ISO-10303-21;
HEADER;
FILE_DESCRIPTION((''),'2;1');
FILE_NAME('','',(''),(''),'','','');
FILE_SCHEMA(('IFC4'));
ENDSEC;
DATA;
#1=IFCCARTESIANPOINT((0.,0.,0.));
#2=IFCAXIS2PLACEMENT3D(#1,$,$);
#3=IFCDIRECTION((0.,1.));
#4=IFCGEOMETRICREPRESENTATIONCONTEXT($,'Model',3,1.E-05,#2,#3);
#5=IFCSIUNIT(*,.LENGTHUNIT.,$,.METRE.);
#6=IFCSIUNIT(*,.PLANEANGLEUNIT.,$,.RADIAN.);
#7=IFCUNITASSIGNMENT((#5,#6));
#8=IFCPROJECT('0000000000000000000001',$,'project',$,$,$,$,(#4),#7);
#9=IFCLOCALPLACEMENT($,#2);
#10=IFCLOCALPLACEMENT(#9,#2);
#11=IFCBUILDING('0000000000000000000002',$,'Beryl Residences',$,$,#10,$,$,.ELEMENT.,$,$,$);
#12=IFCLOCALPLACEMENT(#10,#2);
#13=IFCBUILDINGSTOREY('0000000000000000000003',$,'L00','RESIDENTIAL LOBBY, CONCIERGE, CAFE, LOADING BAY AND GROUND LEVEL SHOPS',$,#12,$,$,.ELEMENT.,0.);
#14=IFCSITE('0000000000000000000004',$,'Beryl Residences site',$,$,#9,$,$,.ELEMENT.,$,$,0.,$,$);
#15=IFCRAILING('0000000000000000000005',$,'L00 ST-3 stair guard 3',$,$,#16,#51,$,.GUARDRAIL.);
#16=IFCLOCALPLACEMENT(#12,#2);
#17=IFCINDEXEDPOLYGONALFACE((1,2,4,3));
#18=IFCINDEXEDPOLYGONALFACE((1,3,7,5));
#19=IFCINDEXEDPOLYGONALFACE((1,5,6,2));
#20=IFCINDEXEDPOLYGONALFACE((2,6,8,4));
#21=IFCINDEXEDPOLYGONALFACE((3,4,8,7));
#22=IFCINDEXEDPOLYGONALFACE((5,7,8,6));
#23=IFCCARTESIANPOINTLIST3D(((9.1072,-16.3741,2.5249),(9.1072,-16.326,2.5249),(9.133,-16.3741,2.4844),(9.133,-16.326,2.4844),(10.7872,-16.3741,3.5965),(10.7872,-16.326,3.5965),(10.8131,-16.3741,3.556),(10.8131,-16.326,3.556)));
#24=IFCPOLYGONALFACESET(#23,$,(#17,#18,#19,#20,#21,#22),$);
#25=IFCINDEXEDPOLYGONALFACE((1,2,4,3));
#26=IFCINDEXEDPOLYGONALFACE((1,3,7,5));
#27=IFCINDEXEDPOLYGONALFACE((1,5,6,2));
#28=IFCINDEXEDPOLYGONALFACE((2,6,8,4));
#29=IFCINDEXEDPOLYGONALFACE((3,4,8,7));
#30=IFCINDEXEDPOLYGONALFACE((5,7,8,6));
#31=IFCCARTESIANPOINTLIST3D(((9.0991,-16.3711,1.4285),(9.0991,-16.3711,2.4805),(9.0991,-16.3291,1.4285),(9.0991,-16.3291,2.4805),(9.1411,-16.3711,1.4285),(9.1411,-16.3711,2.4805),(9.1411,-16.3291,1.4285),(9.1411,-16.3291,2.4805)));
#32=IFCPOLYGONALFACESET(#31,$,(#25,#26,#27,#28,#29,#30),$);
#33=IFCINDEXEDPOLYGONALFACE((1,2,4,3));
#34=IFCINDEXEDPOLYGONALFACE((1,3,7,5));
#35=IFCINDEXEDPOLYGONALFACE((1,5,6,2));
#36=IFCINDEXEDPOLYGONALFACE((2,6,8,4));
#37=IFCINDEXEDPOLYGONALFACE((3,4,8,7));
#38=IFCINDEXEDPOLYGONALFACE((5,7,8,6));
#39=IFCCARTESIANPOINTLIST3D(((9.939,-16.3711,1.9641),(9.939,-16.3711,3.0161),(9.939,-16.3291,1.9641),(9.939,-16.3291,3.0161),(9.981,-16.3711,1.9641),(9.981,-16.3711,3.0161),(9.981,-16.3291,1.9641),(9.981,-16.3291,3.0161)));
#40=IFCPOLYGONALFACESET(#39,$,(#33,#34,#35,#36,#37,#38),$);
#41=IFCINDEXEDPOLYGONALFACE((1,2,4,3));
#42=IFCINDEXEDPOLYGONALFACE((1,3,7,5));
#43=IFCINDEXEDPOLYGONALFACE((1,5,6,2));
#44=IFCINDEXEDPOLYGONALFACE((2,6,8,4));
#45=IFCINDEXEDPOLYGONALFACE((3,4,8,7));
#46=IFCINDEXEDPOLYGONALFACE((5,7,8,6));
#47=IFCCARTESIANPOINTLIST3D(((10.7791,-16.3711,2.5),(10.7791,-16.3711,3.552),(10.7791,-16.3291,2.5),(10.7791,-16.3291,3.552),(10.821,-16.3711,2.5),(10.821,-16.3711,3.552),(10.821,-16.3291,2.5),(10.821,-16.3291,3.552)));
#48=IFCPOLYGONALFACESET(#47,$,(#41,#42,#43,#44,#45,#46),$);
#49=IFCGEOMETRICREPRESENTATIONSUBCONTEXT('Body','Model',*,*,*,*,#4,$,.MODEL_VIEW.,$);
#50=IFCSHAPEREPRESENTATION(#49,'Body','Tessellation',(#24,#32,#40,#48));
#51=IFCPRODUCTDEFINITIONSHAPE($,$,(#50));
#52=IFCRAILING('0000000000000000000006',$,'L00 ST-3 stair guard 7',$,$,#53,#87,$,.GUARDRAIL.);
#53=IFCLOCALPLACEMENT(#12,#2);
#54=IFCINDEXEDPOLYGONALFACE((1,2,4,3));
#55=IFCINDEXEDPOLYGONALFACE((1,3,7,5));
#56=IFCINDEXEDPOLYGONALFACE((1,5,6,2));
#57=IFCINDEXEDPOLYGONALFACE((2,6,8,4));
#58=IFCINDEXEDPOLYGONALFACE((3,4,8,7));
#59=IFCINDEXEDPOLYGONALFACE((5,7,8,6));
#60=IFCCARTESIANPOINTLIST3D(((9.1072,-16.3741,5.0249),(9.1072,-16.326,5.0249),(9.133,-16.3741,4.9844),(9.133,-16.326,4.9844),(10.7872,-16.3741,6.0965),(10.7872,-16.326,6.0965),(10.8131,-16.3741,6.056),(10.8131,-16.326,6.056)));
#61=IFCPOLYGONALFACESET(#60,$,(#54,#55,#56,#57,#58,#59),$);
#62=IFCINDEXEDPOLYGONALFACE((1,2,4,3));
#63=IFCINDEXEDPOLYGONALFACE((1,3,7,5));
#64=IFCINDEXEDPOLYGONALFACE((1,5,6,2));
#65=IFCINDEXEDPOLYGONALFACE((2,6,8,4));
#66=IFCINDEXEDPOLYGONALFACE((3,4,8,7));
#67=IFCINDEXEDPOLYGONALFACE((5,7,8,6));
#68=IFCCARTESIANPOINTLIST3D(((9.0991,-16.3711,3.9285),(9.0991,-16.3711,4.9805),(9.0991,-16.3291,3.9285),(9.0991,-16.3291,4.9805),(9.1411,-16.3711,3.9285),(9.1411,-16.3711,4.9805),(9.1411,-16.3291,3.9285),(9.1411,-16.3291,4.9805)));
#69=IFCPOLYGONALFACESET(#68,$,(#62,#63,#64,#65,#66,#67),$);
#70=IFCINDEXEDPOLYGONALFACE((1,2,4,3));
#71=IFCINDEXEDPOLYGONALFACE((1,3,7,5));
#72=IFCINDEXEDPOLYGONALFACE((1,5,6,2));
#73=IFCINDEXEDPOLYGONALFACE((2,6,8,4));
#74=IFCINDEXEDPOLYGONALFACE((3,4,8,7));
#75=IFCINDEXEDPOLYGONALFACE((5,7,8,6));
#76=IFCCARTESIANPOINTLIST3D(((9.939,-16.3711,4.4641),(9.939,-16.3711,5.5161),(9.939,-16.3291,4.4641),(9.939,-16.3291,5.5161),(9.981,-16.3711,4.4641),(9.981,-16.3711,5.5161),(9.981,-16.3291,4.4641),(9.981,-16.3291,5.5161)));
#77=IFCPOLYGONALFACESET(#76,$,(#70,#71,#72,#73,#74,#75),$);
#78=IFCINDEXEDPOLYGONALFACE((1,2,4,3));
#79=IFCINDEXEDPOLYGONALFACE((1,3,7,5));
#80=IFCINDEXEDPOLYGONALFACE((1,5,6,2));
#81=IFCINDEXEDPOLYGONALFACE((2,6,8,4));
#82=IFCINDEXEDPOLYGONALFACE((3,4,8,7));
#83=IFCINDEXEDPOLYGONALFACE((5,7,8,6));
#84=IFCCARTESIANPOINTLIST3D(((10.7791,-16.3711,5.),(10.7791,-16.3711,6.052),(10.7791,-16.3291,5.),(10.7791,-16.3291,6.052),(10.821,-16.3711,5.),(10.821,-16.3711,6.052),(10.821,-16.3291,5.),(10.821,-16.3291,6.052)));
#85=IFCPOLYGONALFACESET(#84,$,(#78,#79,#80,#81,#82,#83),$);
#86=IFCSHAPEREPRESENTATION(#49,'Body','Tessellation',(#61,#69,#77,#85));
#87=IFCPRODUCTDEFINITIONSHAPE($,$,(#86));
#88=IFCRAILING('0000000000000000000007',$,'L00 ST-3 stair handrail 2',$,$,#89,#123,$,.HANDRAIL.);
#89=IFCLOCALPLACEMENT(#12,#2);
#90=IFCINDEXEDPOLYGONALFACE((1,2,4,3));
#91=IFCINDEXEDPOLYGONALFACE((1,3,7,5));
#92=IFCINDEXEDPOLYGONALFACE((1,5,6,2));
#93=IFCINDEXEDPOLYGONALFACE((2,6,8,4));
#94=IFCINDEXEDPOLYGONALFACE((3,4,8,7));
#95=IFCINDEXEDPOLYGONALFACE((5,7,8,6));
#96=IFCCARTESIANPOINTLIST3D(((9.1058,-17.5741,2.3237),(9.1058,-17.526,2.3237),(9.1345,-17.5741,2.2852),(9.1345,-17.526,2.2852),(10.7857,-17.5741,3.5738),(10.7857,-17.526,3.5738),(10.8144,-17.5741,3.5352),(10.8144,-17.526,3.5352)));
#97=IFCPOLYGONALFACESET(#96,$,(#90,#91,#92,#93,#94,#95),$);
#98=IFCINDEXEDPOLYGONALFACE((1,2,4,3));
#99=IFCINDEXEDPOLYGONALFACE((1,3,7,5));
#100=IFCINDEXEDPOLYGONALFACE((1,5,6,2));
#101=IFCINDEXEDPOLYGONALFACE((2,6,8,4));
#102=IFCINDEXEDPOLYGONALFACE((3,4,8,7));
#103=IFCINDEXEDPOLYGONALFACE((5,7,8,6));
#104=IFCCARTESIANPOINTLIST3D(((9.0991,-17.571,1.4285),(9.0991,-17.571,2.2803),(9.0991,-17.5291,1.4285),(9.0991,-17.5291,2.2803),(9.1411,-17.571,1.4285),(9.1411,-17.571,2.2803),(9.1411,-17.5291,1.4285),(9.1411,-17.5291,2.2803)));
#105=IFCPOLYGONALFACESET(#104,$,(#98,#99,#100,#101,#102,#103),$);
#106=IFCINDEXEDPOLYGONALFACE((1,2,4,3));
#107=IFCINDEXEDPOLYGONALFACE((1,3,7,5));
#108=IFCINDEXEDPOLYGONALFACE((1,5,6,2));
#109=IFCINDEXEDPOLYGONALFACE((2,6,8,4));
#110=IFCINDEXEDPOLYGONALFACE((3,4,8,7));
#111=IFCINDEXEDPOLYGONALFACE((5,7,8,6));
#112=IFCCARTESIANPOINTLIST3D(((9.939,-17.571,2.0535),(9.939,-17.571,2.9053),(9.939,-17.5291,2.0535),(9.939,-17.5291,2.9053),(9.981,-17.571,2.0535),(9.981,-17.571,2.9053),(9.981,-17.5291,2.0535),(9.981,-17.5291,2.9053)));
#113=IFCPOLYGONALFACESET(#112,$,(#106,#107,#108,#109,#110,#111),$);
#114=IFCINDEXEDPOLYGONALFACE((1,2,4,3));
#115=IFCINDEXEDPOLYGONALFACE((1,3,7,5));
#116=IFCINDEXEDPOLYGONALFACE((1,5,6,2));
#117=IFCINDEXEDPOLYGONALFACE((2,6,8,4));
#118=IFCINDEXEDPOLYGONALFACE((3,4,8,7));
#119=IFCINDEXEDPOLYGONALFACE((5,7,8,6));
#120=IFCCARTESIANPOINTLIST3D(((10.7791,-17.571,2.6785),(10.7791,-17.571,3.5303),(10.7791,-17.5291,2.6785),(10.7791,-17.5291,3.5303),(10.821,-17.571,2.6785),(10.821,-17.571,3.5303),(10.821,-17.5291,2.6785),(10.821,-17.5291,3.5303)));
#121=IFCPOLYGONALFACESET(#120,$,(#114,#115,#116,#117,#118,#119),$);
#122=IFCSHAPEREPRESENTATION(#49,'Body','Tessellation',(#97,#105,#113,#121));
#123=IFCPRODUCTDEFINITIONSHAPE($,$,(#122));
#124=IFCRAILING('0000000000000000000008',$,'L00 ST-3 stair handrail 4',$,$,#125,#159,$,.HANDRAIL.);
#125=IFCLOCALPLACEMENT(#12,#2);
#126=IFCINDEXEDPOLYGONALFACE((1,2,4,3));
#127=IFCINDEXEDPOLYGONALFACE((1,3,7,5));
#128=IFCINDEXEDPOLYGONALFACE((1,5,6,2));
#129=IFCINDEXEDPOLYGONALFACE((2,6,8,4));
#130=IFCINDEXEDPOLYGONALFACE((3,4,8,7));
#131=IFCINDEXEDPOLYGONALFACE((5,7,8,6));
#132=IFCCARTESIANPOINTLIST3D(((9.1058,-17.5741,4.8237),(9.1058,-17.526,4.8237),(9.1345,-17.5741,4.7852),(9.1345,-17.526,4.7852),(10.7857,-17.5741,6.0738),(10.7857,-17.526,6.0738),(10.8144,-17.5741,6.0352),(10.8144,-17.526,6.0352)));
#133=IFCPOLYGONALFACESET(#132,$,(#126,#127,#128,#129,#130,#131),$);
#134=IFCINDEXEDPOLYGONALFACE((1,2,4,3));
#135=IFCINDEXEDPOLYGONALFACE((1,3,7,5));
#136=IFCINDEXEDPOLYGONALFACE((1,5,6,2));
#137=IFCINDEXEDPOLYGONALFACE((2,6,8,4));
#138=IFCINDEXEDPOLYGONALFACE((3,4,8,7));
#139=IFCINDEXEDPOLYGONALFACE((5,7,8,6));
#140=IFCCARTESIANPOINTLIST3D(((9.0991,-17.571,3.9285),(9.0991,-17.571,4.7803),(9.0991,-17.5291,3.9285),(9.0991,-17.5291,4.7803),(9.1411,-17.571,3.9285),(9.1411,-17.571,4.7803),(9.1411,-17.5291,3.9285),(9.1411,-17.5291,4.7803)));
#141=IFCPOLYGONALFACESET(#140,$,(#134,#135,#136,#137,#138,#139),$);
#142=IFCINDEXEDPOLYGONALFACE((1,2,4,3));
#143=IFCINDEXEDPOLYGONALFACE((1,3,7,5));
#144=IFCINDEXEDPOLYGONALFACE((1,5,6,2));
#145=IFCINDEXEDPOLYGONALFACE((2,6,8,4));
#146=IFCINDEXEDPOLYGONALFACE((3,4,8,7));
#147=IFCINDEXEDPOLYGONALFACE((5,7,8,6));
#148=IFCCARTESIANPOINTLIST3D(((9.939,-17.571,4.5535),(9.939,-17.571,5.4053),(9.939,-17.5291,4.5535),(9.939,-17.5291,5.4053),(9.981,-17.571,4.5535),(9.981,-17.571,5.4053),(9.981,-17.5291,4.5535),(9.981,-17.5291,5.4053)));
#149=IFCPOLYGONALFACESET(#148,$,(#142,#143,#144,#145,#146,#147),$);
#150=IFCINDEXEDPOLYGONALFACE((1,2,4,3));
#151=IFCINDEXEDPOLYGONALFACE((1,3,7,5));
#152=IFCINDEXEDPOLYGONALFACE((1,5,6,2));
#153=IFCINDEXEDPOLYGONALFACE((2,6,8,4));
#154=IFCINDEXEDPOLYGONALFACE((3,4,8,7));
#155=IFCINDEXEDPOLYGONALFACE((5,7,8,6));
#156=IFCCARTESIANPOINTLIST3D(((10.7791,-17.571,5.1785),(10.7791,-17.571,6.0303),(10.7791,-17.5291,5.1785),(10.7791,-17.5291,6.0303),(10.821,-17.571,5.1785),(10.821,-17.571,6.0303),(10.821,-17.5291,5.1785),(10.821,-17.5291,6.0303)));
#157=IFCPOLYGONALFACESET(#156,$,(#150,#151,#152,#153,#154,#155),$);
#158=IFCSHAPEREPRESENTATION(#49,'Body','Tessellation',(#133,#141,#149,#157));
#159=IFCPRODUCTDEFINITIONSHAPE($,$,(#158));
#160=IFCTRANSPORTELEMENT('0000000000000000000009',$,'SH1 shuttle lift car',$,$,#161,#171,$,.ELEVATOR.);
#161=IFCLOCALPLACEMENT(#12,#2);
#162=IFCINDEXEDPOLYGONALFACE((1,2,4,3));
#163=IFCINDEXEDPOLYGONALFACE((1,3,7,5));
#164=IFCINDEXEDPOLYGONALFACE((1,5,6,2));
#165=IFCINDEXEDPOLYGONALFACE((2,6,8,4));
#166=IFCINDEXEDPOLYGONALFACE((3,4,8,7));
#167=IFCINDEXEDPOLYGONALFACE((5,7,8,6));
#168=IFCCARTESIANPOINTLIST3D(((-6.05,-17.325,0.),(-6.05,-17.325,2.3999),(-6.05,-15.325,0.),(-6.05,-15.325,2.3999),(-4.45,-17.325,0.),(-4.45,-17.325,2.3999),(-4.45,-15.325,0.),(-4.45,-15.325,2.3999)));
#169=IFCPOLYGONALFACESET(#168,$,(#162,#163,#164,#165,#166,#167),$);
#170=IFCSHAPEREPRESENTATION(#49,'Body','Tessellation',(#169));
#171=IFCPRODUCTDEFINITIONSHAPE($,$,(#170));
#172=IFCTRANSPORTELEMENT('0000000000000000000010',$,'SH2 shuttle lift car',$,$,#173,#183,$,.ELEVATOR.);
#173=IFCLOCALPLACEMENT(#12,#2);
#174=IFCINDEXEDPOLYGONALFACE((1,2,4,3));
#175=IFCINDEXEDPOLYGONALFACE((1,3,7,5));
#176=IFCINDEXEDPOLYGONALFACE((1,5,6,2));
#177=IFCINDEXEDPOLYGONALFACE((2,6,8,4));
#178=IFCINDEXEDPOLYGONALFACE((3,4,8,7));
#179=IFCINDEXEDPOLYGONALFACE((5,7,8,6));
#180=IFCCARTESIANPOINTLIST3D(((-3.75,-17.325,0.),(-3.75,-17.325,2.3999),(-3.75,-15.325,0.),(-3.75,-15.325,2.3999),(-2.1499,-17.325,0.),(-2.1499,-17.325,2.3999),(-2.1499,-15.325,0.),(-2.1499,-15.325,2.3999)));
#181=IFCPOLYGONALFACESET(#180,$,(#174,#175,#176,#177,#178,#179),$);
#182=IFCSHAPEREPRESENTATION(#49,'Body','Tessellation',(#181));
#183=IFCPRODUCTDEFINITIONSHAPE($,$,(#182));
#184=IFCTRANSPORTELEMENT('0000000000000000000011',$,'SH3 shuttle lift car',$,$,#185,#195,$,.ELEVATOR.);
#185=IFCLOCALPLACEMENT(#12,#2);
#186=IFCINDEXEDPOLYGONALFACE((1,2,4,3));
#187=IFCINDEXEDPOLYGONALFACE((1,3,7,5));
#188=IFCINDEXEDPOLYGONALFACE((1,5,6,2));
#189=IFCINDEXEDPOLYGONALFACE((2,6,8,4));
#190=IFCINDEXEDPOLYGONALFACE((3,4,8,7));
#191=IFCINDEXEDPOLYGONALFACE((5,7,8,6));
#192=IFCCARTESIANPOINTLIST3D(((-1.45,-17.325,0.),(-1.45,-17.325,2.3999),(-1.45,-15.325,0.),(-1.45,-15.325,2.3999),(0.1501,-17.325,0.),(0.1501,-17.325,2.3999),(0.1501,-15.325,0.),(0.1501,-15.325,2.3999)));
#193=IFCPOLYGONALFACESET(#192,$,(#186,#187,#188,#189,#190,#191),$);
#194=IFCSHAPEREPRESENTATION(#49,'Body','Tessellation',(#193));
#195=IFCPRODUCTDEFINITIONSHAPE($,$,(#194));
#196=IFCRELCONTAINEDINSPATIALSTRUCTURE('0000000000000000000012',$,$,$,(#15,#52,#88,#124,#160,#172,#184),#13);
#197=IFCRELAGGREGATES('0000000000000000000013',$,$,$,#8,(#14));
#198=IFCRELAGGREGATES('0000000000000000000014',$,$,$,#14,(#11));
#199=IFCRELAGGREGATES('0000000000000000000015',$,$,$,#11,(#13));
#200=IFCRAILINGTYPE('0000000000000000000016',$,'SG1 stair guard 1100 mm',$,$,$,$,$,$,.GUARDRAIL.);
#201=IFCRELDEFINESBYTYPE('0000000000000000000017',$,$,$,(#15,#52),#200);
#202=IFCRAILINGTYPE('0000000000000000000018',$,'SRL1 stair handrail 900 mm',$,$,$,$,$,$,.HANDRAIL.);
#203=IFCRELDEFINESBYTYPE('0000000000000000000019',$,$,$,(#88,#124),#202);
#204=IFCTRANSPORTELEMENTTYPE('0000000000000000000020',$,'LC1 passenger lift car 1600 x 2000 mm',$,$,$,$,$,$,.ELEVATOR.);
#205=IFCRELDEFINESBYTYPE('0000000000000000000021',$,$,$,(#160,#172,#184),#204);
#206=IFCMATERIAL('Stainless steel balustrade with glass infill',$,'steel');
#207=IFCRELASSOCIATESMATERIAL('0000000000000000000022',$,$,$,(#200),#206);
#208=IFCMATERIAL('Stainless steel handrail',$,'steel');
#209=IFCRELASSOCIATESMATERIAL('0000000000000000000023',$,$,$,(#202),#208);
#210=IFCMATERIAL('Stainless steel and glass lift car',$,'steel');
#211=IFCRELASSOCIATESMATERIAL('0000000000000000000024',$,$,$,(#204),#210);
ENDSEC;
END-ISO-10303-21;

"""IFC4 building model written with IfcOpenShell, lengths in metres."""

from ifc_helpers import new_model, si_unit, direction, frame, origin, origin_2d, place, context, subcontext, project, spatial, rectangle, extrude, material, type_object, element, save


model = new_model("IFC4")

# Units and contexts
model_context = context("Model", 3, precision=1e-05, world=origin(), true_north=direction((0.0, 1.0)))
body_context = subcontext(model_context, "Body", "Model", "MODEL_VIEW")
ifc_project = project(units=[si_unit("LENGTHUNIT", "METRE"), si_unit("PLANEANGLEUNIT", "RADIAN")], contexts=[model_context])

# Site, building, storey
site_placement = place(None, origin())
site = spatial("IfcSite", under=ifc_project, at=site_placement, Name="Beryl Residences site", CompositionType="ELEMENT", RefElevation=0.0)
building_placement = place(site_placement, origin())
building = spatial("IfcBuilding", under=site, at=building_placement, Name="Beryl Residences", CompositionType="ELEMENT")
storey_placement = place(building_placement, origin())
storey = spatial("IfcBuildingStorey", under=building, at=storey_placement, Name="L00", Description="RESIDENTIAL LOBBY, CONCIERGE, CAFE, LOADING BAY AND GROUND LEVEL SHOPS", CompositionType="ELEMENT", Elevation=0.0)

# Railings
ifc_material_1 = material(Name="Stainless steel balustrade with glass infill", Category="steel")
railing_type_1 = type_object("IfcRailingType", Name="SG1 stair guard 1100 mm", PredefinedType="GUARDRAIL", material=ifc_material_1)
for number, where, name in (
    (1, (9.1201, -16.3501, 1.4285), "L00 ST-3 stair guard 3"),
    (2, (9.1201, -16.3501, 3.9285), "L00 ST-3 stair guard 7"),
):
    element("IfcRailing", number, at=place(storey_placement, frame(where)), inside=storey, type_object=railing_type_1, Name=name, PredefinedType="GUARDRAIL", context=body_context, shape_type="SweptSolid", body=[
        extrude(rectangle(XDim=0.0481, YDim=0.0481, at=origin_2d()), frame((0.0, 0.0, 1.0762), z_axis=(0.843096, 0.0, 0.537763), x_axis=(0.0, 1.0, 0.0)), (0.0, 0.0, 1.0), 1.9927),
        extrude(rectangle(XDim=0.042, YDim=0.042, at=origin_2d()), origin(), (0.0, 0.0, 1.0), 1.052),
        extrude(rectangle(XDim=0.042, YDim=0.042, at=origin_2d()), frame((0.8398, 0.0, 0.5356)), (0.0, 0.0, 1.0), 1.052),
        extrude(rectangle(XDim=0.042, YDim=0.042, at=origin_2d()), frame((1.6799, 0.0, 1.0715)), (0.0, 0.0, 1.0), 1.052),
    ])
ifc_material_2 = material(Name="Stainless steel handrail", Category="steel")
railing_type_2 = type_object("IfcRailingType", Name="SRL1 stair handrail 900 mm", PredefinedType="HANDRAIL", material=ifc_material_2)
for number, where, name in (
    (3, (9.1201, -17.55, 1.4285), "L00 ST-3 stair handrail 2"),
    (4, (9.1201, -17.55, 3.9285), "L00 ST-3 stair handrail 4"),
):
    element("IfcRailing", number, at=place(storey_placement, frame(where)), inside=storey, type_object=railing_type_2, Name=name, PredefinedType="HANDRAIL", context=body_context, shape_type="SweptSolid", body=[
        extrude(rectangle(XDim=0.0481, YDim=0.0481, at=origin_2d()), frame((0.0, 0.0, 0.876), z_axis=(0.802275, 0.0, 0.596955), x_axis=(0.0, 1.0, 0.0)), (0.0, 0.0, 1.0), 2.094),
        extrude(rectangle(XDim=0.042, YDim=0.042, at=origin_2d()), origin(), (0.0, 0.0, 1.0), 0.8518),
        extrude(rectangle(XDim=0.042, YDim=0.042, at=origin_2d()), frame((0.8398, 0.0, 0.625)), (0.0, 0.0, 1.0), 0.8518),
        extrude(rectangle(XDim=0.042, YDim=0.042, at=origin_2d()), frame((1.6799, 0.0, 1.25)), (0.0, 0.0, 1.0), 0.8518),
    ])

# Transport elements
ifc_material_3 = material(Name="Stainless steel and glass lift car", Category="steel")
transport_element_type = type_object("IfcTransportElementType", Name="LC1 passenger lift car 1600 x 2000 mm", PredefinedType="ELEVATOR", material=ifc_material_3)
for number, where, z_axis, x_axis, name in (
    (5, (-5.25, -16.325, 0.0), (0.0, 0.0, 1.0), (1.0, 0.0, 0.0), "SH1 shuttle lift car"),
    (6, (-2.95, -16.325, 0.0), (0.0, 0.0, 1.0), (1.0, 0.0, 0.0), "SH2 shuttle lift car"),
    (7, (-0.6499, -16.325, 0.0), (0.0, 0.0, 1.0), (1.0, 0.0, 0.0), "SH3 shuttle lift car"),
):
    element("IfcTransportElement", number, at=place(storey_placement, frame(where, z_axis=z_axis, x_axis=x_axis)), inside=storey, type_object=transport_element_type, Name=name, PredefinedType="ELEVATOR", context=body_context, shape_type="SweptSolid", body=[
        extrude(rectangle(XDim=1.6001, YDim=2.0, at=origin_2d()), origin(), (0.0, 0.0, 1.0), 2.3999),
    ])

save(model, "model.ifc")
